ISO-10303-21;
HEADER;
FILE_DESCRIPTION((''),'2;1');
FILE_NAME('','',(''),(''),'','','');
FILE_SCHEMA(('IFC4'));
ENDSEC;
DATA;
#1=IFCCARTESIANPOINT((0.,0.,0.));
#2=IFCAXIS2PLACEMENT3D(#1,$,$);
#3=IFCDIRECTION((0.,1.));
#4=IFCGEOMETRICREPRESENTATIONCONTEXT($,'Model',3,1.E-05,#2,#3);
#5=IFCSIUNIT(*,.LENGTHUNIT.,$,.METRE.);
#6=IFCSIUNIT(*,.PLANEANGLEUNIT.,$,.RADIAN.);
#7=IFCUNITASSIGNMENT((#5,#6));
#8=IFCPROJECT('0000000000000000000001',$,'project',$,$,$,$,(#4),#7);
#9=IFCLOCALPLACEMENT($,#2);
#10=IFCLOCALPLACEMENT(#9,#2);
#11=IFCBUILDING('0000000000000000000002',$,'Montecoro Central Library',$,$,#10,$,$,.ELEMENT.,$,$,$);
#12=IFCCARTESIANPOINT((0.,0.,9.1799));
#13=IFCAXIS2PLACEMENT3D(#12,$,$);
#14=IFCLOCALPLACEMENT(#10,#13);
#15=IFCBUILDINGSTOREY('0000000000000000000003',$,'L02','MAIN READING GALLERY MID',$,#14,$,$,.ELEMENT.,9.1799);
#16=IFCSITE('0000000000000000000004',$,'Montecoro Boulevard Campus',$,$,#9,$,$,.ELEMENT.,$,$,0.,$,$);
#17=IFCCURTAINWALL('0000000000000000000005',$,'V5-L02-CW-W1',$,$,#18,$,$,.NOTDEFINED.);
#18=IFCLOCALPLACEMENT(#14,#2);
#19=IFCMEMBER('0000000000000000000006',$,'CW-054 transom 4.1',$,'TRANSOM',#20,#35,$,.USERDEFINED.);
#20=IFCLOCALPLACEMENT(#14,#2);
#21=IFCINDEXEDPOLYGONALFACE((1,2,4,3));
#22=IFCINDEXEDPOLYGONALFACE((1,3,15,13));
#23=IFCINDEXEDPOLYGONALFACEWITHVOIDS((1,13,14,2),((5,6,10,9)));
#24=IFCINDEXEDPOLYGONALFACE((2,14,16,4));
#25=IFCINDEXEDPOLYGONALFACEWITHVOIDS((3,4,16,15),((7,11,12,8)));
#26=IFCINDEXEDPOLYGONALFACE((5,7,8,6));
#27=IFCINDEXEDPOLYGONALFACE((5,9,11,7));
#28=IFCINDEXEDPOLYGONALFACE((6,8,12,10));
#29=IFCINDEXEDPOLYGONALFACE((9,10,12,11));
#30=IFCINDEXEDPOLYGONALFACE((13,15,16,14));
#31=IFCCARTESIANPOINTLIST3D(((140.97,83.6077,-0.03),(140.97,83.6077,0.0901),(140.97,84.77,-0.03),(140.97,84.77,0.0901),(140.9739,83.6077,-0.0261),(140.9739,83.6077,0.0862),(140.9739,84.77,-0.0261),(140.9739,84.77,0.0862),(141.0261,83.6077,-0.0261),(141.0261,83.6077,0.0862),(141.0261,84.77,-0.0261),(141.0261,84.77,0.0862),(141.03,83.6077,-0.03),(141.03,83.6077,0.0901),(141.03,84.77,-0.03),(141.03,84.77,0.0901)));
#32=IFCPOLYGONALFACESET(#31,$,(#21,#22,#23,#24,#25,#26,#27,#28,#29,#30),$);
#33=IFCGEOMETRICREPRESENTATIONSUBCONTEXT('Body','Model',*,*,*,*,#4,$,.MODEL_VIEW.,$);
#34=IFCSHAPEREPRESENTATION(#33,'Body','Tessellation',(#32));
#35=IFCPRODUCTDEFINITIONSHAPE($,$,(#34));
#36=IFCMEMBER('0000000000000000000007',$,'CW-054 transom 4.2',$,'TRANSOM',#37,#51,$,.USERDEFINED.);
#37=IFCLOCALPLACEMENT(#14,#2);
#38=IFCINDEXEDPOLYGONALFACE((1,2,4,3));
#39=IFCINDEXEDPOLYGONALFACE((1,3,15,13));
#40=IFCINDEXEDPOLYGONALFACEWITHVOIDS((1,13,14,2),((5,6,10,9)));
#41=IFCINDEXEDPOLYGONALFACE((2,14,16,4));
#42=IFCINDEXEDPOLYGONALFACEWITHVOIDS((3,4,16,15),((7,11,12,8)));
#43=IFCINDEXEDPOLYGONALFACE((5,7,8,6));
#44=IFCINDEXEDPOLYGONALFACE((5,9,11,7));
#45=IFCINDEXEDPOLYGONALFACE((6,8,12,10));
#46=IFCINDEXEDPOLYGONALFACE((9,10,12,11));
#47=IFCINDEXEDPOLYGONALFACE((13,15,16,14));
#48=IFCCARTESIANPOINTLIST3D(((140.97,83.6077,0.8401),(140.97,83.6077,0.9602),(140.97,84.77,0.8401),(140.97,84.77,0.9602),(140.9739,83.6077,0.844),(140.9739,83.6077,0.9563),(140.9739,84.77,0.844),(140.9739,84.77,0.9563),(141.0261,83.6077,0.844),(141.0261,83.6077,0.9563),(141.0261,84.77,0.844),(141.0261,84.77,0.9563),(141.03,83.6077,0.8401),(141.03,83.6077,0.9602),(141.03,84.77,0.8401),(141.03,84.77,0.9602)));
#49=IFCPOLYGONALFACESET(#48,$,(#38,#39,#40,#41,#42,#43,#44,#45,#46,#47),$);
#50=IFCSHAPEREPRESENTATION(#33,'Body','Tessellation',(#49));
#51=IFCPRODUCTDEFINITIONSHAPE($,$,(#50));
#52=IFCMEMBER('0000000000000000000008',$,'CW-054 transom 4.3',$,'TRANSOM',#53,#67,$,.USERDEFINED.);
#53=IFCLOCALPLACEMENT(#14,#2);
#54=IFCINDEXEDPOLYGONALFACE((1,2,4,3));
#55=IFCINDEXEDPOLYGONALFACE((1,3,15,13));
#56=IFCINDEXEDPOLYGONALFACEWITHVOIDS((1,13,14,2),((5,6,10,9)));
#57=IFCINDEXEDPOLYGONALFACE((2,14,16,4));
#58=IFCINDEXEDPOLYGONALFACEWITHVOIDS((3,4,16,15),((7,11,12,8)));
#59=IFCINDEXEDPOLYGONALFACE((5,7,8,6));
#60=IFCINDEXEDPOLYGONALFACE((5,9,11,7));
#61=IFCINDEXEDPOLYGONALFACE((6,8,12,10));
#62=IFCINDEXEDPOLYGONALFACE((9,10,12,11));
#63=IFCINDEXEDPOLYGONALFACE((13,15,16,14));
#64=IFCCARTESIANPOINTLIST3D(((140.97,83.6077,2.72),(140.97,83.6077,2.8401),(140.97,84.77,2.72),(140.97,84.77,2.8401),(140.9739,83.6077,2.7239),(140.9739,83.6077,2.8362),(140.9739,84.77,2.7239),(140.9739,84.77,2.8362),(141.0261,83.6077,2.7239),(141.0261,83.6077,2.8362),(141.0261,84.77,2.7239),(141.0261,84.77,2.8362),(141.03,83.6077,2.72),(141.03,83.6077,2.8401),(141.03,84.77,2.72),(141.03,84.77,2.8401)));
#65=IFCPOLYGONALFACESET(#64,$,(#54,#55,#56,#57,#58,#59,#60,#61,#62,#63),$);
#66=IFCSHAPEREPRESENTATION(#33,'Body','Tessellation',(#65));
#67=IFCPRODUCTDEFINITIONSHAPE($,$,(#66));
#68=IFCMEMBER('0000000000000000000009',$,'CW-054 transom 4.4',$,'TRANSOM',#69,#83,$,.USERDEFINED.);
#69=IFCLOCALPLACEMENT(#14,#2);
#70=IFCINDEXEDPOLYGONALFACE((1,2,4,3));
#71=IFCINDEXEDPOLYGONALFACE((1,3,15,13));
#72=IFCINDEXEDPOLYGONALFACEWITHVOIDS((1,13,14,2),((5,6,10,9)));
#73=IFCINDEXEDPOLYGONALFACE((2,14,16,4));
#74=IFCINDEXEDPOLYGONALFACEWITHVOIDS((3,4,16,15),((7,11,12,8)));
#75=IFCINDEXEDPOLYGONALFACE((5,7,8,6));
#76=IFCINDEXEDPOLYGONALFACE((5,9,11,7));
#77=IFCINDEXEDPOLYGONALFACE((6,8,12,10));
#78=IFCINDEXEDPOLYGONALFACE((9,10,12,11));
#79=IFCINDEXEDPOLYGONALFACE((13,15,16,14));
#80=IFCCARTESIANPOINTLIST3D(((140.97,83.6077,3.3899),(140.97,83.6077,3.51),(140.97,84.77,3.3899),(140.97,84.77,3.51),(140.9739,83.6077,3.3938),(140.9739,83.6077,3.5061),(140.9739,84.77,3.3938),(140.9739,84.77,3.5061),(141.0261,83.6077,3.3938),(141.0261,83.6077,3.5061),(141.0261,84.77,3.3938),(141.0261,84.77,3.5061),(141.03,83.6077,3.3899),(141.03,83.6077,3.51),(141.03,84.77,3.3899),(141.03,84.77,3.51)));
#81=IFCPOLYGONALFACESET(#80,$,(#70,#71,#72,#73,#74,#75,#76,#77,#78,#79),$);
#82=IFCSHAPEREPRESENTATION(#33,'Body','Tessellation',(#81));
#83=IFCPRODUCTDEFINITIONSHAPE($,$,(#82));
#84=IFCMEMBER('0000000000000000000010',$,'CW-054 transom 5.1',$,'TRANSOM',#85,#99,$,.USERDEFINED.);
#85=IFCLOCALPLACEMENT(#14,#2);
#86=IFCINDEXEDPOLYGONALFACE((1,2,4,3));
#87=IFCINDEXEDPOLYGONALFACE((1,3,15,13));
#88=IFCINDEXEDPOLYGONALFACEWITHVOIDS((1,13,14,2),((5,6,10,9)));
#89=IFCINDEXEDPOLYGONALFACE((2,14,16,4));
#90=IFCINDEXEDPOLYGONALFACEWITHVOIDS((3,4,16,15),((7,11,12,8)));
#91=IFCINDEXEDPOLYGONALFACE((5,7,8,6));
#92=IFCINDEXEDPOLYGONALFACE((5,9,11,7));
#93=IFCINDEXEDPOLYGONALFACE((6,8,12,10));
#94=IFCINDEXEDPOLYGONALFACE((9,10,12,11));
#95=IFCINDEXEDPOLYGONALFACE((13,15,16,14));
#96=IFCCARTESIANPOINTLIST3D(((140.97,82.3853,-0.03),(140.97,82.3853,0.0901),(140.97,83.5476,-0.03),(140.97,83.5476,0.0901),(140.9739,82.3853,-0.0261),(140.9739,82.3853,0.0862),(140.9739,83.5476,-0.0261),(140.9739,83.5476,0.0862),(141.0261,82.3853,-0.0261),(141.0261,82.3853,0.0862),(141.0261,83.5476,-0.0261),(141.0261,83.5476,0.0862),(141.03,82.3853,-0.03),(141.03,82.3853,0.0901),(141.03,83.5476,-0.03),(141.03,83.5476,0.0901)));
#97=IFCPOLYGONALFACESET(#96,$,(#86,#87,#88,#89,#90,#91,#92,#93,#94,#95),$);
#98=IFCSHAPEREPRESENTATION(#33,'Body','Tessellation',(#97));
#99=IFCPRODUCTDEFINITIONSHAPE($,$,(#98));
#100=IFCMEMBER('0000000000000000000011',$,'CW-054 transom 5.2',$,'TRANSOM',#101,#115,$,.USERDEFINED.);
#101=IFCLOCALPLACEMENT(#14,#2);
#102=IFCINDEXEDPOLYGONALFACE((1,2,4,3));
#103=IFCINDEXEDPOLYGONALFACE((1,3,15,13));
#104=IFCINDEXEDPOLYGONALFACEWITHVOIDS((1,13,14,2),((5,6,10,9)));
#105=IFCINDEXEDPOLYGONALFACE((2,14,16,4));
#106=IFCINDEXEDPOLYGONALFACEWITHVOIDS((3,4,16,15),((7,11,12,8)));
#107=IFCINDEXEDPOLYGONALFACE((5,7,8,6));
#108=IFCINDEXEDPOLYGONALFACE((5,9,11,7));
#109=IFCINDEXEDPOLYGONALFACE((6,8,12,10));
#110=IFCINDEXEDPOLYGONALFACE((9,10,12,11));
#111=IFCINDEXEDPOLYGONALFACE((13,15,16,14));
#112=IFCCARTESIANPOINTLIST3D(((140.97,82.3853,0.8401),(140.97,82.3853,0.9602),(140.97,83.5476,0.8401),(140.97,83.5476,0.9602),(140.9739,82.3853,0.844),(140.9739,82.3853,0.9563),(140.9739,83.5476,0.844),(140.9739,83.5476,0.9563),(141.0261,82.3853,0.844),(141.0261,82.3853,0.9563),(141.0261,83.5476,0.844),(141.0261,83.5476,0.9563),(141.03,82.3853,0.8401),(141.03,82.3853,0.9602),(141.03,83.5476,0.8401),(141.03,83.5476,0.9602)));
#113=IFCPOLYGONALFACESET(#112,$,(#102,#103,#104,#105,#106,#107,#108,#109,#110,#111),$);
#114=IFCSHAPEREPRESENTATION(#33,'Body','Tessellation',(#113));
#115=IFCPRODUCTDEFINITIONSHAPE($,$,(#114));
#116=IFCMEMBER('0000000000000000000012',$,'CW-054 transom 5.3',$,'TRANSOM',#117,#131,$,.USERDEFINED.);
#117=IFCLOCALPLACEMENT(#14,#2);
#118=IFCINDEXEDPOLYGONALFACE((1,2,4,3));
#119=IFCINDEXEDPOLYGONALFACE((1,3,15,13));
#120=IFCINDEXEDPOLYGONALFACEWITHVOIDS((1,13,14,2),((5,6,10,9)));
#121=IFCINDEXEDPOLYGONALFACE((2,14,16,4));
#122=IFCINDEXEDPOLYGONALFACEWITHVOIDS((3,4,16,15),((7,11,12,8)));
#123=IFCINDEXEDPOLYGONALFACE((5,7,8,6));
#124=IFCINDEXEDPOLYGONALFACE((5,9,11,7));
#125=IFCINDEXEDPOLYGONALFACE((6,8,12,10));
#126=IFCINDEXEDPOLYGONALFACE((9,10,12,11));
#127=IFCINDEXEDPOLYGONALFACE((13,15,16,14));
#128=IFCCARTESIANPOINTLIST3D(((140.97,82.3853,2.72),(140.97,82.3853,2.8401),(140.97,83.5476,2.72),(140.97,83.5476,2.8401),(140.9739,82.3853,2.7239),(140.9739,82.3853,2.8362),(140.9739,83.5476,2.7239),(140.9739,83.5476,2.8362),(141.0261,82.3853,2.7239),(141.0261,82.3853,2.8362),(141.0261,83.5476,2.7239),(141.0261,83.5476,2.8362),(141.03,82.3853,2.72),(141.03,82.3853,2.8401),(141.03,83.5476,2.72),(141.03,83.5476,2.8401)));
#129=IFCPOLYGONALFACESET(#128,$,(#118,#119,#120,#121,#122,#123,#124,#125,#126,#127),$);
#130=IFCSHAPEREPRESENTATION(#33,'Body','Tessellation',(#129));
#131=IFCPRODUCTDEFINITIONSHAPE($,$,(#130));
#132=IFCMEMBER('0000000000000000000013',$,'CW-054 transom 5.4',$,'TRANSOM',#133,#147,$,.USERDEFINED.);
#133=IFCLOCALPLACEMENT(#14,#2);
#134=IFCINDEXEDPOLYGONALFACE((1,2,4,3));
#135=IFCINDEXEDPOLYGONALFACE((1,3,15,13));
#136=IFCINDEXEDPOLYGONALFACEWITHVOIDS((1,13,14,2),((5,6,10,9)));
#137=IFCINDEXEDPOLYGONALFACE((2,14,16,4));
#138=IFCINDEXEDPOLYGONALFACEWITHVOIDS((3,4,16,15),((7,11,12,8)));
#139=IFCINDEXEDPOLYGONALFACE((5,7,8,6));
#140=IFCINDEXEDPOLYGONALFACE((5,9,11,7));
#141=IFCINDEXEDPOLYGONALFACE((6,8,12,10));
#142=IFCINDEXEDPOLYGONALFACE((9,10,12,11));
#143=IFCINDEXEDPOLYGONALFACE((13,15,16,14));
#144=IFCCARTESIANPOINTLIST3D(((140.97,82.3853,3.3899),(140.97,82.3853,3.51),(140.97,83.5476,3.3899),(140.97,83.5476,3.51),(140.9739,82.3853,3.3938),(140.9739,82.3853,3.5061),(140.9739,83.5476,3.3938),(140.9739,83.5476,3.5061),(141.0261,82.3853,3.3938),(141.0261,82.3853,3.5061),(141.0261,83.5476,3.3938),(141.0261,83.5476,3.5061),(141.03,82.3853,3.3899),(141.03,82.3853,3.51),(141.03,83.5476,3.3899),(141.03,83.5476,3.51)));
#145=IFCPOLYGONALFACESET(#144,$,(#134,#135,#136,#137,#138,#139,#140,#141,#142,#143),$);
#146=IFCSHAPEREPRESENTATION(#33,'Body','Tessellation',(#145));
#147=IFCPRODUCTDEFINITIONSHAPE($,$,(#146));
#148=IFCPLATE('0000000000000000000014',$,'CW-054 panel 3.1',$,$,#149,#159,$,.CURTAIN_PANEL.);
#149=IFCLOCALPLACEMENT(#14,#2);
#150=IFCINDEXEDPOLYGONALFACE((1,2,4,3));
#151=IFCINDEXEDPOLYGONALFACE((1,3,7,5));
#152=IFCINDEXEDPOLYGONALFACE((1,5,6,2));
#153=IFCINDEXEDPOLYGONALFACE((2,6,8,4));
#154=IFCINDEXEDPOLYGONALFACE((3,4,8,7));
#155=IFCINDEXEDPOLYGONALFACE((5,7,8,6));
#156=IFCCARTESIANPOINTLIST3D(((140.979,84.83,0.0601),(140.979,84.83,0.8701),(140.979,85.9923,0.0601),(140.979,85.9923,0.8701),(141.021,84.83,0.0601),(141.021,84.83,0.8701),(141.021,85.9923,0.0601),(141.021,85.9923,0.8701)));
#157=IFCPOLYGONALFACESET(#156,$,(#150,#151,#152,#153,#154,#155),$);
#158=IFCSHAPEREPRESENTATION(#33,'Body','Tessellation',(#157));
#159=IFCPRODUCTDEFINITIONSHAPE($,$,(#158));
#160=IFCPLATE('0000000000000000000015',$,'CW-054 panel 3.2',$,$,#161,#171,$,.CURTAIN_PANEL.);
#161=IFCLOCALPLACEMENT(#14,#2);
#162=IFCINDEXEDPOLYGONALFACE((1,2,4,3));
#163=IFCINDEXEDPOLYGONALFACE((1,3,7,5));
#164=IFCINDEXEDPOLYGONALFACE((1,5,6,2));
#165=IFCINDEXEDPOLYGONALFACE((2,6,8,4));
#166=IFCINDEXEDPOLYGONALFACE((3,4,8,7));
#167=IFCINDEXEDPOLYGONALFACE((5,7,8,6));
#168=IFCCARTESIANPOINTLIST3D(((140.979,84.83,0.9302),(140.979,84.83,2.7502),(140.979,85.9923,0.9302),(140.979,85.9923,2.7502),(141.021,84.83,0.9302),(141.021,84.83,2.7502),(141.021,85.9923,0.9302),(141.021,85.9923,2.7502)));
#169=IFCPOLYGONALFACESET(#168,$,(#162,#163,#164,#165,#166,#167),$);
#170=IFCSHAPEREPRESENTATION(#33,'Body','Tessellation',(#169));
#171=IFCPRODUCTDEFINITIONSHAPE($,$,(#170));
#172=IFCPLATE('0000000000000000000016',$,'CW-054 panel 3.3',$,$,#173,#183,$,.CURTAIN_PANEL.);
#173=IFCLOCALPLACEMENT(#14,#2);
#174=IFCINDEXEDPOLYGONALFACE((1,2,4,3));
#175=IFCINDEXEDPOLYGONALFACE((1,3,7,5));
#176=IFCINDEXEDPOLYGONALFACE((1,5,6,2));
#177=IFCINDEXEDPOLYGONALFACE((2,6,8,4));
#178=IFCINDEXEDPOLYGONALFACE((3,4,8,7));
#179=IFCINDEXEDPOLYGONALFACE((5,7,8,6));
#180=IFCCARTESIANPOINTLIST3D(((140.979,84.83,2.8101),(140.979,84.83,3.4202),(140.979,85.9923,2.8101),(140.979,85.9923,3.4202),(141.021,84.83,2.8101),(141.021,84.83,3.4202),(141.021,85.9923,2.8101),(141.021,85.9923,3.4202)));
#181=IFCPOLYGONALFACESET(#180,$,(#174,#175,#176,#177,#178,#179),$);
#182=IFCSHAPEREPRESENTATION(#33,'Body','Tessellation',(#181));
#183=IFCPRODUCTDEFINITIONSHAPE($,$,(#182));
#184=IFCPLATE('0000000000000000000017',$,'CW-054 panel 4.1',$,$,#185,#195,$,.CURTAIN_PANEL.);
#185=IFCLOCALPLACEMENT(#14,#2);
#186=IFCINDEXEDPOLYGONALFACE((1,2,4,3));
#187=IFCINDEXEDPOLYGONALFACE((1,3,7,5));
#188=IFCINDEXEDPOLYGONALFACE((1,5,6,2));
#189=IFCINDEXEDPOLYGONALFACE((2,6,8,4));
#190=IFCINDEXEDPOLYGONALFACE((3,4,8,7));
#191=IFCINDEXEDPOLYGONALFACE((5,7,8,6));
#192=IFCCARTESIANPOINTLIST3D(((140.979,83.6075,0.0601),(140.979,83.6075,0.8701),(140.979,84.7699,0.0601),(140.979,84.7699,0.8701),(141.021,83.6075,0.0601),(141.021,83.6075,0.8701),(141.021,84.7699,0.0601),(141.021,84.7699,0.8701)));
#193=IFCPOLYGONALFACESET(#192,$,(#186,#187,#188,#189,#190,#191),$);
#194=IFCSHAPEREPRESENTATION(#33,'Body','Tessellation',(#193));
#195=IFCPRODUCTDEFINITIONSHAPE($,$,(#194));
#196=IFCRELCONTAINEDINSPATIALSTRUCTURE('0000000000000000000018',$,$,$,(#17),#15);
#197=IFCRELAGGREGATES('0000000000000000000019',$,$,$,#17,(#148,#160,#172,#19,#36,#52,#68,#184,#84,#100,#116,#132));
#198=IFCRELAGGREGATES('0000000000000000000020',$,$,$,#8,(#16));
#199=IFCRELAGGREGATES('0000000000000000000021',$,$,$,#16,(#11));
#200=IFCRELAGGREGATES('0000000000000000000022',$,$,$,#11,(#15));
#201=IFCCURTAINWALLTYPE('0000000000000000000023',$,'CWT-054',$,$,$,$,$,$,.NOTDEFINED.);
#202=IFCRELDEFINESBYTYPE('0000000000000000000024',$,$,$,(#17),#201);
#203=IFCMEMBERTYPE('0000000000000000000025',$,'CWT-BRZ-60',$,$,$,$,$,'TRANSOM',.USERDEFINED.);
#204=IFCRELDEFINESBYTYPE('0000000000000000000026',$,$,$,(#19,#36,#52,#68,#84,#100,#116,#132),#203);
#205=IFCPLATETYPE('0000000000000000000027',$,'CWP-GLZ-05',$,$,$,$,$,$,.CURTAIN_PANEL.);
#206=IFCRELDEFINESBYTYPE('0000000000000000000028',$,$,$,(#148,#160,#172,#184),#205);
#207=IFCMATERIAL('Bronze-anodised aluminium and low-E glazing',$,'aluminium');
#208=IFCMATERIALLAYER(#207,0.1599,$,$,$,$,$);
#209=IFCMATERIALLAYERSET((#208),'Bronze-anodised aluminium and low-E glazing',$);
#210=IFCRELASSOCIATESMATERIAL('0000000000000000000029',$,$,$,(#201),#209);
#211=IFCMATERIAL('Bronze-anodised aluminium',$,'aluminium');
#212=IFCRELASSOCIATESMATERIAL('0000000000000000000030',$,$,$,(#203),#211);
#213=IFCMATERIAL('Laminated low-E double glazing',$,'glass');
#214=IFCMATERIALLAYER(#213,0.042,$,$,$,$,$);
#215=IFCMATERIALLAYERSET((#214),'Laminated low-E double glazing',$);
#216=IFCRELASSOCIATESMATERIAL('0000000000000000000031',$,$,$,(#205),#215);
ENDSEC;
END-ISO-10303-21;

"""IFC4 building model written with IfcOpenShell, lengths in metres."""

from ifc_helpers import new_model, si_unit, direction, frame, origin, origin_2d, place, context, subcontext, project, spatial, rectangle, hollow_rectangle, extrude, material, layer, layer_set, material_profile, profile_set, type_object, element, aggregate, save


model = new_model("IFC4")

# Units and contexts
model_context = context("Model", 3, precision=1e-05, world=origin(), true_north=direction((0.0, 1.0)))
body_context = subcontext(model_context, "Body", "Model", "MODEL_VIEW")
ifc_project = project(units=[si_unit("LENGTHUNIT", "METRE"), si_unit("PLANEANGLEUNIT", "RADIAN")], contexts=[model_context])

# Site, building, storey
site_placement = place(None, origin())
site = spatial("IfcSite", under=ifc_project, at=site_placement, Name="Montecoro Boulevard Campus", CompositionType="ELEMENT", RefElevation=0.0)
building_placement = place(site_placement, origin())
building = spatial("IfcBuilding", under=site, at=building_placement, Name="Montecoro Central Library", CompositionType="ELEMENT")
storey_placement = place(building_placement, frame((0.0, 0.0, 9.1799)))
storey = spatial("IfcBuildingStorey", under=building, at=storey_placement, Name="L02", Description="MAIN READING GALLERY MID", CompositionType="ELEMENT", Elevation=9.1799)

# Curtain wall, members, plates
ifc_material_1 = material(Name="Bronze-anodised aluminium and low-E glazing", Category="aluminium")
ifc_layer_1 = layer(ifc_material_1, 0.1599)
ifc_layer_set_1 = layer_set([ifc_layer_1], Name="Bronze-anodised aluminium and low-E glazing")
curtain_wall_type = type_object("IfcCurtainWallType", Name="CWT-054", PredefinedType="NOTDEFINED", material=ifc_layer_set_1)
curtain_wall_placement = place(storey_placement, origin())
curtain_wall = element("IfcCurtainWall", 1, at=curtain_wall_placement, inside=storey, type_object=curtain_wall_type, Name="V5-L02-CW-W1", PredefinedType="NOTDEFINED")
ifc_material_2 = material(Name="Bronze-anodised aluminium", Category="aluminium")
ifc_material_profile_1 = material_profile(ifc_material_2, hollow_rectangle(XDim=0.0601, YDim=0.1201, WallThickness=0.0039, at=origin_2d()), Name="CWT 120x60x4.0")
ifc_profile_set_1 = profile_set([ifc_material_profile_1], Name="Bronze-anodised aluminium")
member_type_1 = type_object("IfcMemberType", Name="CWT-BRZ-60", ElementType="TRANSOM", PredefinedType="USERDEFINED", material=ifc_profile_set_1)
member_1_placement = place(storey_placement, frame((141.0, 84.77, 0.03), z_axis=(0.0, -1.0, 0.0), x_axis=(1.0, 0.0, 0.0)))
member_1 = element("IfcMember", 2, at=member_1_placement, type_object=member_type_1, Name="CW-054 transom 4.1", ObjectType="TRANSOM", PredefinedType="USERDEFINED", context=body_context, shape_type="SweptSolid", body=[
    extrude(hollow_rectangle(XDim=0.0601, YDim=0.1201, WallThickness=0.0039, at=origin_2d()), origin(), (0.0, 0.0, 1.0), 1.1624),
])
member_2_placement = place(storey_placement, frame((141.0, 84.77, 0.9001), z_axis=(0.0, -1.0, 0.0), x_axis=(1.0, 0.0, 0.0)))
member_2 = element("IfcMember", 3, at=member_2_placement, type_object=member_type_1, Name="CW-054 transom 4.2", ObjectType="TRANSOM", PredefinedType="USERDEFINED", context=body_context, shape_type="SweptSolid", body=[
    extrude(hollow_rectangle(XDim=0.0601, YDim=0.1201, WallThickness=0.0039, at=origin_2d()), origin(), (0.0, 0.0, 1.0), 1.1624),
])
member_3_placement = place(storey_placement, frame((141.0, 84.77, 2.78), z_axis=(0.0, -1.0, 0.0), x_axis=(1.0, 0.0, 0.0)))
member_3 = element("IfcMember", 4, at=member_3_placement, type_object=member_type_1, Name="CW-054 transom 4.3", ObjectType="TRANSOM", PredefinedType="USERDEFINED", context=body_context, shape_type="SweptSolid", body=[
    extrude(hollow_rectangle(XDim=0.0601, YDim=0.1201, WallThickness=0.0039, at=origin_2d()), origin(), (0.0, 0.0, 1.0), 1.1624),
])
member_4_placement = place(storey_placement, frame((141.0, 84.77, 3.45), z_axis=(0.0, -1.0, 0.0), x_axis=(1.0, 0.0, 0.0)))
member_4 = element("IfcMember", 5, at=member_4_placement, type_object=member_type_1, Name="CW-054 transom 4.4", ObjectType="TRANSOM", PredefinedType="USERDEFINED", context=body_context, shape_type="SweptSolid", body=[
    extrude(hollow_rectangle(XDim=0.0601, YDim=0.1201, WallThickness=0.0039, at=origin_2d()), origin(), (0.0, 0.0, 1.0), 1.1624),
])
member_5_placement = place(storey_placement, frame((141.0, 83.5476, 0.03), z_axis=(0.0, -1.0, 0.0), x_axis=(1.0, 0.0, 0.0)))
member_5 = element("IfcMember", 6, at=member_5_placement, type_object=member_type_1, Name="CW-054 transom 5.1", ObjectType="TRANSOM", PredefinedType="USERDEFINED", context=body_context, shape_type="SweptSolid", body=[
    extrude(hollow_rectangle(XDim=0.0601, YDim=0.1201, WallThickness=0.0039, at=origin_2d()), origin(), (0.0, 0.0, 1.0), 1.1624),
])
member_6_placement = place(storey_placement, frame((141.0, 83.5476, 0.9001), z_axis=(0.0, -1.0, 0.0), x_axis=(1.0, 0.0, 0.0)))
member_6 = element("IfcMember", 7, at=member_6_placement, type_object=member_type_1, Name="CW-054 transom 5.2", ObjectType="TRANSOM", PredefinedType="USERDEFINED", context=body_context, shape_type="SweptSolid", body=[
    extrude(hollow_rectangle(XDim=0.0601, YDim=0.1201, WallThickness=0.0039, at=origin_2d()), origin(), (0.0, 0.0, 1.0), 1.1624),
])
member_7_placement = place(storey_placement, frame((141.0, 83.5476, 2.78), z_axis=(0.0, -1.0, 0.0), x_axis=(1.0, 0.0, 0.0)))
member_7 = element("IfcMember", 8, at=member_7_placement, type_object=member_type_1, Name="CW-054 transom 5.3", ObjectType="TRANSOM", PredefinedType="USERDEFINED", context=body_context, shape_type="SweptSolid", body=[
    extrude(hollow_rectangle(XDim=0.0601, YDim=0.1201, WallThickness=0.0039, at=origin_2d()), origin(), (0.0, 0.0, 1.0), 1.1624),
])
member_8_placement = place(storey_placement, frame((141.0, 83.5476, 3.45), z_axis=(0.0, -1.0, 0.0), x_axis=(1.0, 0.0, 0.0)))
member_8 = element("IfcMember", 9, at=member_8_placement, type_object=member_type_1, Name="CW-054 transom 5.4", ObjectType="TRANSOM", PredefinedType="USERDEFINED", context=body_context, shape_type="SweptSolid", body=[
    extrude(hollow_rectangle(XDim=0.0601, YDim=0.1201, WallThickness=0.0039, at=origin_2d()), origin(), (0.0, 0.0, 1.0), 1.1624),
])
ifc_material_3 = material(Name="Laminated low-E double glazing", Category="glass")
ifc_layer_2 = layer(ifc_material_3, 0.042)
ifc_layer_set_2 = layer_set([ifc_layer_2], Name="Laminated low-E double glazing")
plate_type = type_object("IfcPlateType", Name="CWP-GLZ-05", PredefinedType="CURTAIN_PANEL", material=ifc_layer_set_2)
plate_1_placement = place(storey_placement, frame((141.0, 85.4111, 0.0601), z_axis=(0.0, 0.0, 1.0), x_axis=(0.0, -1.0, 0.0)))
plate_1 = element("IfcPlate", 10, at=plate_1_placement, type_object=plate_type, Name="CW-054 panel 3.1", PredefinedType="CURTAIN_PANEL", context=body_context, shape_type="SweptSolid", body=[
    extrude(rectangle(XDim=1.1624, YDim=0.042, at=origin_2d()), origin(), (0.0, 0.0, 1.0), 0.8101),
])
plate_2_placement = place(storey_placement, frame((141.0, 85.4111, 0.9302), z_axis=(0.0, 0.0, 1.0), x_axis=(0.0, -1.0, 0.0)))
plate_2 = element("IfcPlate", 11, at=plate_2_placement, type_object=plate_type, Name="CW-054 panel 3.2", PredefinedType="CURTAIN_PANEL", context=body_context, shape_type="SweptSolid", body=[
    extrude(rectangle(XDim=1.1624, YDim=0.042, at=origin_2d()), origin(), (0.0, 0.0, 1.0), 1.8201),
])
plate_3_placement = place(storey_placement, frame((141.0, 85.4111, 2.8101), z_axis=(0.0, 0.0, 1.0), x_axis=(0.0, -1.0, 0.0)))
plate_3 = element("IfcPlate", 12, at=plate_3_placement, type_object=plate_type, Name="CW-054 panel 3.3", PredefinedType="CURTAIN_PANEL", context=body_context, shape_type="SweptSolid", body=[
    extrude(rectangle(XDim=1.1624, YDim=0.042, at=origin_2d()), origin(), (0.0, 0.0, 1.0), 0.6101),
])
plate_4_placement = place(storey_placement, frame((141.0, 84.1887, 0.0601), z_axis=(0.0, 0.0, 1.0), x_axis=(0.0, -1.0, 0.0)))
plate_4 = element("IfcPlate", 13, at=plate_4_placement, type_object=plate_type, Name="CW-054 panel 4.1", PredefinedType="CURTAIN_PANEL", context=body_context, shape_type="SweptSolid", body=[
    extrude(rectangle(XDim=1.1624, YDim=0.042, at=origin_2d()), origin(), (0.0, 0.0, 1.0), 0.8101),
])
aggregate(curtain_wall, [plate_1, plate_2, plate_3, member_1, member_2, member_3, member_4, plate_4, member_5, member_6, member_7, member_8])

save(model, "model.ifc")
